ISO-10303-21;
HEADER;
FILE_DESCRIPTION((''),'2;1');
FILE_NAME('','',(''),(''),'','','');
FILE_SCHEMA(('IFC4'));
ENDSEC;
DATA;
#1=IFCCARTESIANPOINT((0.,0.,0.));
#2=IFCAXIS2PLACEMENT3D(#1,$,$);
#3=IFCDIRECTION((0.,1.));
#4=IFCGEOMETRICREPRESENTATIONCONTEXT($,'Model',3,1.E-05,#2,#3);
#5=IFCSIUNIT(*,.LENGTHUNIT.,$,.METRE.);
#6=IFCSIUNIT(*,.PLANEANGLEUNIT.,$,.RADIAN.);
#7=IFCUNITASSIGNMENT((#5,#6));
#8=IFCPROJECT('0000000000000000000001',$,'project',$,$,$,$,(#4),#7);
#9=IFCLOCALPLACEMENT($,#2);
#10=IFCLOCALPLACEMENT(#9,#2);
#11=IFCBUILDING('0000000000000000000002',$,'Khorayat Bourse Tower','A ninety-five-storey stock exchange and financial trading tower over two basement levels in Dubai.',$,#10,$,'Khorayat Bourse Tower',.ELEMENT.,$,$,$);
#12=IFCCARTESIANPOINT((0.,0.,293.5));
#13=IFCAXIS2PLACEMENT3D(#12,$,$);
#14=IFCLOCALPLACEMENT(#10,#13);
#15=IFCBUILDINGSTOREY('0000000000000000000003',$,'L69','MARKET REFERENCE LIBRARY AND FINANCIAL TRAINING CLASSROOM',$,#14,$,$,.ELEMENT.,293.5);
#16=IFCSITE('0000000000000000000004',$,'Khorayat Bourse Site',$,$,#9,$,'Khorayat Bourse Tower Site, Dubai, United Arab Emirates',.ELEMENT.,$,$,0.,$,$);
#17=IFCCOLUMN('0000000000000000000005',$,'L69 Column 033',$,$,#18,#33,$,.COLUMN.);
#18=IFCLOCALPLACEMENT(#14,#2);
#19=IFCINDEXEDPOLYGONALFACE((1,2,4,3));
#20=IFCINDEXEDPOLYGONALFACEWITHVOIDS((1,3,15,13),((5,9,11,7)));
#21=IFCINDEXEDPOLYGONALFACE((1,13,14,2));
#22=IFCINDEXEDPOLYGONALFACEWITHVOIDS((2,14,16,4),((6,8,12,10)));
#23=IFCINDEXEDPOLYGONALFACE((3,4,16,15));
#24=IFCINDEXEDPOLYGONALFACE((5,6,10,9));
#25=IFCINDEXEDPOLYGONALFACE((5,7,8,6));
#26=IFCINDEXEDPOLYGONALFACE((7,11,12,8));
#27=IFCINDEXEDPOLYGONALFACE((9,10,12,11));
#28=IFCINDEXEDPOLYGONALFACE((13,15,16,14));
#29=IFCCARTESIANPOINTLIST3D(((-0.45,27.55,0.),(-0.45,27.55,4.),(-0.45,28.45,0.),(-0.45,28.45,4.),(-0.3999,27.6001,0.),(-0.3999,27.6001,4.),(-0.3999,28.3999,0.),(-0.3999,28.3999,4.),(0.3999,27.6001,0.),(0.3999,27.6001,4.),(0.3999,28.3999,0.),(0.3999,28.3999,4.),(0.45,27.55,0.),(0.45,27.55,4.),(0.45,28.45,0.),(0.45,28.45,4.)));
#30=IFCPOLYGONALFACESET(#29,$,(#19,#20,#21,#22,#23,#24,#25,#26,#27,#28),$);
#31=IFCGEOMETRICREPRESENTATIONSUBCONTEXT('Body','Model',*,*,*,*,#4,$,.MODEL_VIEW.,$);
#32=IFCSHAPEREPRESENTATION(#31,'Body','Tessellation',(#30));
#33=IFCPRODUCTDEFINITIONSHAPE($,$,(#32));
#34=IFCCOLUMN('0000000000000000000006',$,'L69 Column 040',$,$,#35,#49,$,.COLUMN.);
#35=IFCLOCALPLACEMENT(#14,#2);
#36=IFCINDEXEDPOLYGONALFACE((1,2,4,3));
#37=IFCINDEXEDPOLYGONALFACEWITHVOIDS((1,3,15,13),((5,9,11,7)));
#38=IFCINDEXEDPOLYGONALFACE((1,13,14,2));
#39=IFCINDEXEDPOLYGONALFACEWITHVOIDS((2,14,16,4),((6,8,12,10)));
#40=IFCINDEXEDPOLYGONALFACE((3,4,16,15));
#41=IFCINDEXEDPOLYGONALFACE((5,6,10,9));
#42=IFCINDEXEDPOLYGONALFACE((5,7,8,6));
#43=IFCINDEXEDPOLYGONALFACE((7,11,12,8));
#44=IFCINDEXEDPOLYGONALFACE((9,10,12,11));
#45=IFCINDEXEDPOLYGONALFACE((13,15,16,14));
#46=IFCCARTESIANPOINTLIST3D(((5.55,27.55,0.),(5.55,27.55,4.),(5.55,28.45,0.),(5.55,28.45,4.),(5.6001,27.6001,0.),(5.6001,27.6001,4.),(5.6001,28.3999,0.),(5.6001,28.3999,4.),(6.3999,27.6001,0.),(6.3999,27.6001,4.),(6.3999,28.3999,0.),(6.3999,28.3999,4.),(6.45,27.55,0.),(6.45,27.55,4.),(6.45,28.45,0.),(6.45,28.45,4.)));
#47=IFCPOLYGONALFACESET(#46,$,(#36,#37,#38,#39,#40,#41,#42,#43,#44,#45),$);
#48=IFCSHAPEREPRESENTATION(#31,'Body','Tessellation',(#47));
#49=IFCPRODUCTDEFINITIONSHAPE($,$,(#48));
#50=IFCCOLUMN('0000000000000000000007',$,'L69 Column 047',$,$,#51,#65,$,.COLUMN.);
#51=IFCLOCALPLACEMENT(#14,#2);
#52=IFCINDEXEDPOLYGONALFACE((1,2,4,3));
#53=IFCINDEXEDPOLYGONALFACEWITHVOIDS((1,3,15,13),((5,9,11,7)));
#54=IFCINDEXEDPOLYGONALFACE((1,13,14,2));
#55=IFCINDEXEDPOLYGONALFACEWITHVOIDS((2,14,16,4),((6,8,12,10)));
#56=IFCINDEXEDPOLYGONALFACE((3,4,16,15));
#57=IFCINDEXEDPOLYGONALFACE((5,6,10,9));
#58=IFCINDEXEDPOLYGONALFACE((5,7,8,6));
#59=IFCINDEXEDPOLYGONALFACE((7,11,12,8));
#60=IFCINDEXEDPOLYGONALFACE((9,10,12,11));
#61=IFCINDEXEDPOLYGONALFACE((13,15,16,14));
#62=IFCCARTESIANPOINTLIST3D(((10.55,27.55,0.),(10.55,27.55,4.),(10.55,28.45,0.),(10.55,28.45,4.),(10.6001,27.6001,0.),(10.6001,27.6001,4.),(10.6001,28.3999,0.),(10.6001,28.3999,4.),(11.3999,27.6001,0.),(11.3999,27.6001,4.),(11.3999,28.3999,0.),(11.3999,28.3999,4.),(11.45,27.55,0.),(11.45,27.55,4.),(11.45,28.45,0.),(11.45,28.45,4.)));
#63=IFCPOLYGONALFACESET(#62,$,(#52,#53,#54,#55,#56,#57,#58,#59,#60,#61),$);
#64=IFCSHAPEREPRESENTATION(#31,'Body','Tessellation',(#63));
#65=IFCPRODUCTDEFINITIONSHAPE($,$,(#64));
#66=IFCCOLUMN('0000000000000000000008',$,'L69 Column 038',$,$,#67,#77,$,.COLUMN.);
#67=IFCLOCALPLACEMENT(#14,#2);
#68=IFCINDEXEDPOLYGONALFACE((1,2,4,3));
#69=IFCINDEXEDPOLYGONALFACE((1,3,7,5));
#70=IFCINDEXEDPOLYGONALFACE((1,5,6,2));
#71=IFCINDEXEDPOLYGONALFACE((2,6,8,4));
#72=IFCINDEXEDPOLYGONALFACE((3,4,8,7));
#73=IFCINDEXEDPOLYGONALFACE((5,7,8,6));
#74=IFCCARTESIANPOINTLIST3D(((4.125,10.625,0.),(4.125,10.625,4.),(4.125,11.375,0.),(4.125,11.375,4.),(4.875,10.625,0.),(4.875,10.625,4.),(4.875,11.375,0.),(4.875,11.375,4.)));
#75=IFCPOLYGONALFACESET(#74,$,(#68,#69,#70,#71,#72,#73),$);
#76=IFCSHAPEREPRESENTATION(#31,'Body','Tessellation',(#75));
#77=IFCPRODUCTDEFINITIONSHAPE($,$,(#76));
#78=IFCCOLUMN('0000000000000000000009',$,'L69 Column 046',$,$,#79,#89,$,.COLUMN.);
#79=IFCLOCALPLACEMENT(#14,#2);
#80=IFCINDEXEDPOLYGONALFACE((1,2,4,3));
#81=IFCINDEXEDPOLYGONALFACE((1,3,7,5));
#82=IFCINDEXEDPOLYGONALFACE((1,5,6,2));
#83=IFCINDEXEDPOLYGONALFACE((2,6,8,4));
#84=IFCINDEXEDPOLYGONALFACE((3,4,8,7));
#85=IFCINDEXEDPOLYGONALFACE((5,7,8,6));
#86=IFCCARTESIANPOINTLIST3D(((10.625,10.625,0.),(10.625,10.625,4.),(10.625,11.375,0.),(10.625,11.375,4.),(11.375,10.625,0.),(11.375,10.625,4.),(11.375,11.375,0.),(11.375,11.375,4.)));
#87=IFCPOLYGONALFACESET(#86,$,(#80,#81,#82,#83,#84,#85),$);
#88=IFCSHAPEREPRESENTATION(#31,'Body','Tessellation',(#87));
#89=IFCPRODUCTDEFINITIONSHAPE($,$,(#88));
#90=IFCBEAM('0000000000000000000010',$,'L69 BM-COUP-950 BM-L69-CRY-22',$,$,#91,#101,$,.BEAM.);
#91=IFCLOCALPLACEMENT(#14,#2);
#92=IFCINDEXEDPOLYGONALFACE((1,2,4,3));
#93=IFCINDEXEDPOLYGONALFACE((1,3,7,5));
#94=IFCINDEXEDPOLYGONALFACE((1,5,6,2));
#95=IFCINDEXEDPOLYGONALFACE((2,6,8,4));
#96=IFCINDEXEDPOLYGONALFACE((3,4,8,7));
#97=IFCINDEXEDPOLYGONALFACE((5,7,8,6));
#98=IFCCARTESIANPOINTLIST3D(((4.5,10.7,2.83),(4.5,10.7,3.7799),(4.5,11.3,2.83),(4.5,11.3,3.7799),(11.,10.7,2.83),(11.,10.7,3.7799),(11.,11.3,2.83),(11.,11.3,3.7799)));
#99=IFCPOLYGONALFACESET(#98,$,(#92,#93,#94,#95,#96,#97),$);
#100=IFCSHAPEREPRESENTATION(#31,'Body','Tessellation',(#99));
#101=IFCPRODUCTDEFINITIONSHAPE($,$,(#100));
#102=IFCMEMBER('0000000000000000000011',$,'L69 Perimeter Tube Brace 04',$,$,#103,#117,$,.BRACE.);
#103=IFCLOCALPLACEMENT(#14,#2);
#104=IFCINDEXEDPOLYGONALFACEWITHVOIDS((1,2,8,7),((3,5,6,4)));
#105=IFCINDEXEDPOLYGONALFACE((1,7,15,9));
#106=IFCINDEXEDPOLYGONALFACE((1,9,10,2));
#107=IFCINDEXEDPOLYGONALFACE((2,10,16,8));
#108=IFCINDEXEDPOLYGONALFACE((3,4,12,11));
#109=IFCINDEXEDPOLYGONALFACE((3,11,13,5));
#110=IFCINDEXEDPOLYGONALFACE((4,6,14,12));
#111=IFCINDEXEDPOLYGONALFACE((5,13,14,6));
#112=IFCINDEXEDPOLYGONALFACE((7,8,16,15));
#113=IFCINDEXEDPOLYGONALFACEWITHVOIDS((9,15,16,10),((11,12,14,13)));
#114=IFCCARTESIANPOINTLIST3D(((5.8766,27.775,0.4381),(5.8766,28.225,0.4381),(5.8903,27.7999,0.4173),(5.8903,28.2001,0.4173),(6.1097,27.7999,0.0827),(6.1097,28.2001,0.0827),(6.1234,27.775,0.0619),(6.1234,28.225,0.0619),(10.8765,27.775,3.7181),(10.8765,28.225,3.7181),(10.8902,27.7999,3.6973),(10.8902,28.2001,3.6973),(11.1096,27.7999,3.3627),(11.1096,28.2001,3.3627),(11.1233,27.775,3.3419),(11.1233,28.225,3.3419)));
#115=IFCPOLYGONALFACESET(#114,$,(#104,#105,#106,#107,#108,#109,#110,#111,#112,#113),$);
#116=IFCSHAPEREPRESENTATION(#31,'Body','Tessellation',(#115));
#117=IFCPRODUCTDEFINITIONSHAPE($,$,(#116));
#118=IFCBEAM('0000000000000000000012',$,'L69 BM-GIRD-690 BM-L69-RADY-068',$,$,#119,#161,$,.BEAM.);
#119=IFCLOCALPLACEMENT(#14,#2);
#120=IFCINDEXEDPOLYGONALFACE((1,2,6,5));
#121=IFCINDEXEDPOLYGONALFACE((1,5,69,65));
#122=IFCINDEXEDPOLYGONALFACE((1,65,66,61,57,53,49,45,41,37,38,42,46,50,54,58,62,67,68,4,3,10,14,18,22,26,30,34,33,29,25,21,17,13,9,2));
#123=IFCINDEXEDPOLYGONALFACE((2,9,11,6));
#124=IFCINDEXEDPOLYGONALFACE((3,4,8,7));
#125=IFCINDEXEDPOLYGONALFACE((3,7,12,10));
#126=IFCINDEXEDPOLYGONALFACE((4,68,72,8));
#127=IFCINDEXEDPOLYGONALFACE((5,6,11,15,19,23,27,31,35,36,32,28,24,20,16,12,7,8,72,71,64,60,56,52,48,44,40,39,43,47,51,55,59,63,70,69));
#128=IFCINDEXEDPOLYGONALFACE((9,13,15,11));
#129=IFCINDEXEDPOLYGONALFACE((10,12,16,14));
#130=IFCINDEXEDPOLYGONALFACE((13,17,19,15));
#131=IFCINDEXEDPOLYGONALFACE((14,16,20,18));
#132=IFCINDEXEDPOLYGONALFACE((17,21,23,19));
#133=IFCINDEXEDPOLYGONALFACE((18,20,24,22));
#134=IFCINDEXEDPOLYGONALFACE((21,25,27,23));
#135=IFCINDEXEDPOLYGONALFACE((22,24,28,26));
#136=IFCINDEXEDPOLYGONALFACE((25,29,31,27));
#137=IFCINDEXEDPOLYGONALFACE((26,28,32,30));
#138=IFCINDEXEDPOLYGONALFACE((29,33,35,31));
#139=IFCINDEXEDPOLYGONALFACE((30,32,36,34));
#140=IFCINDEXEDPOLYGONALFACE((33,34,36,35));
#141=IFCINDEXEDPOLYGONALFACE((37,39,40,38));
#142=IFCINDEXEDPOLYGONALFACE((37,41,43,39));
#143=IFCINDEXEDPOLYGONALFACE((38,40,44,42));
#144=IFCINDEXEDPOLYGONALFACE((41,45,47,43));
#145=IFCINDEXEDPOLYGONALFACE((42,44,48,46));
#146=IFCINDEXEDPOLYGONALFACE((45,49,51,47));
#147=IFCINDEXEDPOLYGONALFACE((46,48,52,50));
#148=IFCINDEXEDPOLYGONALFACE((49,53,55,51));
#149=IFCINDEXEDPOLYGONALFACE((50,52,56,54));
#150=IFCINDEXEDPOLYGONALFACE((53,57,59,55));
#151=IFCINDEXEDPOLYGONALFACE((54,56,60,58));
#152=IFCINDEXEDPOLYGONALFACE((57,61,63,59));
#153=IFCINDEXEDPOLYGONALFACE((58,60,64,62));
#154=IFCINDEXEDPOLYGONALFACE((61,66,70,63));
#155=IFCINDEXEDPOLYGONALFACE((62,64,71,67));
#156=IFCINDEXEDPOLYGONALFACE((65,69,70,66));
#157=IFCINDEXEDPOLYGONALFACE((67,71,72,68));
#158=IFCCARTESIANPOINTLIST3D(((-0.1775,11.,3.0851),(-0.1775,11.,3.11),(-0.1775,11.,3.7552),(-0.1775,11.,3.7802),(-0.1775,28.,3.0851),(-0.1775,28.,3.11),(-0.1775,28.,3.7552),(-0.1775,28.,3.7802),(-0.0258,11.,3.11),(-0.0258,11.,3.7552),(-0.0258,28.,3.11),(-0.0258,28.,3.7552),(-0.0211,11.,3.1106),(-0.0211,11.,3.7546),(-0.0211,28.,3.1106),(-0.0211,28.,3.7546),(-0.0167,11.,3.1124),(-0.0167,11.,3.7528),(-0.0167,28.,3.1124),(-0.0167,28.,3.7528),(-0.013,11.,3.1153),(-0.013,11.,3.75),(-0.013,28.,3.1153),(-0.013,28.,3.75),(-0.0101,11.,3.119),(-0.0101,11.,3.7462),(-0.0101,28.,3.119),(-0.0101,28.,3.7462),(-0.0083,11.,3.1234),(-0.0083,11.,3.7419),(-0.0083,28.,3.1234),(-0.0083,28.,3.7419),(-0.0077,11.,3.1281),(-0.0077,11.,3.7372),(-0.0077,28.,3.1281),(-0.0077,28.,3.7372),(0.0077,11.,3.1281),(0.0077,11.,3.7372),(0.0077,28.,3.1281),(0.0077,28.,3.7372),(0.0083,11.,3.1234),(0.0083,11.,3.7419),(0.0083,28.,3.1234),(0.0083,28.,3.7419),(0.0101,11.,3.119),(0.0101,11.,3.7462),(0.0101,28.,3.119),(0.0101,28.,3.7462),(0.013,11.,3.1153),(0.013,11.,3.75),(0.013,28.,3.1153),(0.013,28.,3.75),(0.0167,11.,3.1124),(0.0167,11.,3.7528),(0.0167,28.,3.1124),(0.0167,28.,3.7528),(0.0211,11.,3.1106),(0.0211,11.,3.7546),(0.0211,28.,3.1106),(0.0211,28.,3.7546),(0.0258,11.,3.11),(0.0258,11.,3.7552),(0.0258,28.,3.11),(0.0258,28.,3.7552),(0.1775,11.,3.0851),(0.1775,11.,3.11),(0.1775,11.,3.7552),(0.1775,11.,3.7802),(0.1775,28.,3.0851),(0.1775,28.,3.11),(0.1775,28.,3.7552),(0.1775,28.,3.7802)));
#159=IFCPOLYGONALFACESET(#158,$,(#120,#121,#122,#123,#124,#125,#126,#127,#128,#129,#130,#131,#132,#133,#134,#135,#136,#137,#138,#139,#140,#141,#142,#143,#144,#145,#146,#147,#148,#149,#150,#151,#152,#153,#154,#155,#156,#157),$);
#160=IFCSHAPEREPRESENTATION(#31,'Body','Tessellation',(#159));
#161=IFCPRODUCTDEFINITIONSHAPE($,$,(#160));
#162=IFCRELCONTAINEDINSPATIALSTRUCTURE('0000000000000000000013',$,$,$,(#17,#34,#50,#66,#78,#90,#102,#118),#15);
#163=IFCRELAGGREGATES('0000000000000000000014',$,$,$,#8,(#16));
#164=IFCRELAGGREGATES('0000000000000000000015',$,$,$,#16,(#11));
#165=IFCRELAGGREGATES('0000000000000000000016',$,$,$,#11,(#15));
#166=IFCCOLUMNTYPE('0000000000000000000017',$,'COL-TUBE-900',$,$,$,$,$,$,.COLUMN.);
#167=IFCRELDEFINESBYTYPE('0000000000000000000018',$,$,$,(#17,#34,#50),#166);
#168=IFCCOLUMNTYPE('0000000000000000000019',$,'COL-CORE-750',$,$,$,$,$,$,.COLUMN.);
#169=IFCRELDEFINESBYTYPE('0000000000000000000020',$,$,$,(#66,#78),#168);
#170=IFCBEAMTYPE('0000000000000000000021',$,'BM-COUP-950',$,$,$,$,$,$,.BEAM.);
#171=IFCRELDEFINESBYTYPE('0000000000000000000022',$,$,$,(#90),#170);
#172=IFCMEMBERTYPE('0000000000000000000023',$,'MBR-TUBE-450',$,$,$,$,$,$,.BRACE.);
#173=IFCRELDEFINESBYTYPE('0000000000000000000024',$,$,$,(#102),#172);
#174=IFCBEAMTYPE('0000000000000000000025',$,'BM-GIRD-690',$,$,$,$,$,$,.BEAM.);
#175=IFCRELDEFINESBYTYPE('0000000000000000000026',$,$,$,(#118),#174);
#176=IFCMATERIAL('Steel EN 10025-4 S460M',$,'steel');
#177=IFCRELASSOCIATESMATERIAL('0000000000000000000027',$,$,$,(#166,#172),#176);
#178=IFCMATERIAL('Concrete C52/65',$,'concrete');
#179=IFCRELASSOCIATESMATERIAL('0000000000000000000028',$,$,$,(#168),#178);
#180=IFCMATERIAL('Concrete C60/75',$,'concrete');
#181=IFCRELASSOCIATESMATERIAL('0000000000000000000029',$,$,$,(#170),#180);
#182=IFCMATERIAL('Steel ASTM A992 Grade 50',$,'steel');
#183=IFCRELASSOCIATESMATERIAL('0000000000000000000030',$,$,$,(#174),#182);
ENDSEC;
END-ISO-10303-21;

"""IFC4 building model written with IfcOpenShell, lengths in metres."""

from ifc_helpers import new_model, si_unit, direction, frame, origin, origin_2d, place, context, subcontext, project, spatial, rectangle, hollow_rectangle, i_section, extrude, source, transform, mapped, material, material_profile, profile_set, type_object, element, save


model = new_model("IFC4")

# Units and contexts
model_context = context("Model", 3, precision=1e-05, world=origin(), true_north=direction((0.0, 1.0)))
body_context = subcontext(model_context, "Body", "Model", "MODEL_VIEW")
ifc_project = project(units=[si_unit("LENGTHUNIT", "METRE"), si_unit("PLANEANGLEUNIT", "RADIAN")], contexts=[model_context])

# Site, building, storey
site_placement = place(None, origin())
site = spatial("IfcSite", under=ifc_project, at=site_placement, Name="Khorayat Bourse Site", LongName="Khorayat Bourse Tower Site, Dubai, United Arab Emirates", CompositionType="ELEMENT", RefElevation=0.0)
building_placement = place(site_placement, origin())
building = spatial("IfcBuilding", under=site, at=building_placement, Name="Khorayat Bourse Tower", Description="A ninety-five-storey stock exchange and financial trading tower over two basement levels in Dubai.", LongName="Khorayat Bourse Tower", CompositionType="ELEMENT")
storey_placement = place(building_placement, frame((0.0, 0.0, 293.5)))
storey = spatial("IfcBuildingStorey", under=building, at=storey_placement, Name="L69", Description="MARKET REFERENCE LIBRARY AND FINANCIAL TRAINING CLASSROOM", CompositionType="ELEMENT", Elevation=293.5)

# Columns
ifc_material_1 = material(Name="Steel EN 10025-4 S460M", Category="steel")
ifc_material_profile_1 = material_profile(ifc_material_1, hollow_rectangle(XDim=0.8999, YDim=0.8999, WallThickness=0.05, at=origin_2d()), Name="BOX 900x900x50")
ifc_profile_set_1 = profile_set([ifc_material_profile_1], Name="Steel EN 10025-4 S460M")
column_type_1 = type_object("IfcColumnType", Name="COL-TUBE-900", PredefinedType="COLUMN", material=ifc_profile_set_1)
shared_shape_1 = source(origin(), body_context, "Body", "SweptSolid", [
    extrude(hollow_rectangle(XDim=0.8999, YDim=0.8999, WallThickness=0.05, at=origin_2d()), origin(), (0.0, 0.0, 1.0), 4.0),
])
for number, where, z_axis, x_axis, name in (
    (1, (0.0, 28.0, 0.0), (0.0, 0.0, 1.0), (1.0, 0.0, 0.0), "L69 Column 033"),
    (2, (6.0, 28.0, 0.0), (0.0, 0.0, 1.0), (1.0, 0.0, 0.0), "L69 Column 040"),
    (3, (11.0, 28.0, 0.0), (0.0, 0.0, 1.0), (1.0, 0.0, 0.0), "L69 Column 047"),
):
    element("IfcColumn", number, at=place(storey_placement, frame(where, z_axis=z_axis, x_axis=x_axis)), inside=storey, type_object=column_type_1, Name=name, PredefinedType="COLUMN", context=body_context, shape_type="MappedRepresentation", body=[
        mapped(shared_shape_1, transform((0.0, 0.0, 0.0), scale=1.0)),
    ])
ifc_material_2 = material(Name="Concrete C52/65", Category="concrete")
ifc_material_profile_2 = material_profile(ifc_material_2, rectangle(XDim=0.75, YDim=0.75, at=origin_2d()), Name="RC 750x750")
ifc_profile_set_2 = profile_set([ifc_material_profile_2], Name="Concrete C52/65")
column_type_2 = type_object("IfcColumnType", Name="COL-CORE-750", PredefinedType="COLUMN", material=ifc_profile_set_2)
shared_shape_2 = source(origin(), body_context, "Body", "SweptSolid", [
    extrude(rectangle(XDim=0.75, YDim=0.75, at=origin_2d()), origin(), (0.0, 0.0, 1.0), 4.0),
])
for number, where, z_axis, x_axis, name in (
    (4, (4.5, 11.0, 0.0), (0.0, 0.0, 1.0), (1.0, 0.0, 0.0), "L69 Column 038"),
    (5, (11.0, 11.0, 0.0), (0.0, 0.0, 1.0), (1.0, 0.0, 0.0), "L69 Column 046"),
):
    element("IfcColumn", number, at=place(storey_placement, frame(where, z_axis=z_axis, x_axis=x_axis)), inside=storey, type_object=column_type_2, Name=name, PredefinedType="COLUMN", context=body_context, shape_type="MappedRepresentation", body=[
        mapped(shared_shape_2, transform((0.0, 0.0, 0.0), scale=1.0)),
    ])

# Beam
ifc_material_3 = material(Name="Concrete C60/75", Category="concrete")
ifc_material_profile_3 = material_profile(ifc_material_3, rectangle(XDim=0.6001, YDim=0.95, at=origin_2d()), Name="RC 600x950")
ifc_profile_set_3 = profile_set([ifc_material_profile_3], Name="Concrete C60/75")
beam_type_1 = type_object("IfcBeamType", Name="BM-COUP-950", PredefinedType="BEAM", material=ifc_profile_set_3)
shared_shape_3 = source(origin(), body_context, "Body", "SweptSolid", [
    extrude(rectangle(XDim=0.6001, YDim=0.95, at=origin_2d()), origin(), (0.0, 0.0, 1.0), 6.5),
])
beam_1_placement = place(storey_placement, frame((4.5, 11.0, 3.3049), z_axis=(1.0, 0.0, 0.0), x_axis=(0.0, 1.0, 0.0)))
element("IfcBeam", 6, at=beam_1_placement, inside=storey, type_object=beam_type_1, Name="L69 BM-COUP-950 BM-L69-CRY-22", PredefinedType="BEAM", context=body_context, shape_type="MappedRepresentation", body=[
    mapped(shared_shape_3, transform((0.0, 0.0, 0.0), scale=1.0)),
])

# Member
ifc_material_profile_4 = material_profile(ifc_material_1, hollow_rectangle(XDim=0.45, YDim=0.45, WallThickness=0.0249, at=origin_2d()), Name="HSS 450x450x25")
ifc_profile_set_4 = profile_set([ifc_material_profile_4], Name="Steel EN 10025-4 S460M")
member_type_1 = type_object("IfcMemberType", Name="MBR-TUBE-450", PredefinedType="BRACE", material=ifc_profile_set_4)
shared_shape_4 = source(origin(), body_context, "Body", "SweptSolid", [
    extrude(hollow_rectangle(XDim=0.45, YDim=0.45, WallThickness=0.0249, at=origin_2d()), origin(), (0.0, 0.0, 1.0), 5.9797),
])
member_1_placement = place(storey_placement, frame((6.0, 28.0, 0.25), z_axis=(0.836142, 0.0, 0.548514), x_axis=(0.0, 1.0, 0.0)))
element("IfcMember", 7, at=member_1_placement, inside=storey, type_object=member_type_1, Name="L69 Perimeter Tube Brace 04", PredefinedType="BRACE", context=body_context, shape_type="MappedRepresentation", body=[
    mapped(shared_shape_4, transform((0.0, 0.0, 0.0), scale=1.0)),
])

# Beam
ifc_material_4 = material(Name="Steel ASTM A992 Grade 50", Category="steel")
ifc_material_profile_5 = material_profile(ifc_material_4, i_section(OverallWidth=0.355, OverallDepth=0.6951, WebThickness=0.0154, FlangeThickness=0.0249, FilletRadius=0.0181, at=origin_2d()), Name="W690X217")
ifc_profile_set_5 = profile_set([ifc_material_profile_5], Name="Steel ASTM A992 Grade 50")
beam_type_2 = type_object("IfcBeamType", Name="BM-GIRD-690", PredefinedType="BEAM", material=ifc_profile_set_5)
shared_shape_5 = source(origin(), body_context, "Body", "SweptSolid", [
    extrude(i_section(OverallWidth=0.355, OverallDepth=0.6951, WebThickness=0.0154, FlangeThickness=0.0249, FilletRadius=0.0181, at=origin_2d()), origin(), (0.0, 0.0, 1.0), 17.0),
])
for number, where, z_axis, x_axis, name in (
    (8, (0.0, 11.0, 3.4326), (0.0, 1.0, 0.0), (-1.0, 0.0, 0.0), "L69 BM-GIRD-690 BM-L69-RADY-068"),
):
    element("IfcBeam", number, at=place(storey_placement, frame(where, z_axis=z_axis, x_axis=x_axis)), inside=storey, type_object=beam_type_2, Name=name, PredefinedType="BEAM", context=body_context, shape_type="MappedRepresentation", body=[
        mapped(shared_shape_5, transform((0.0, 0.0, 0.0), scale=1.0)),
    ])

save(model, "model.ifc")
